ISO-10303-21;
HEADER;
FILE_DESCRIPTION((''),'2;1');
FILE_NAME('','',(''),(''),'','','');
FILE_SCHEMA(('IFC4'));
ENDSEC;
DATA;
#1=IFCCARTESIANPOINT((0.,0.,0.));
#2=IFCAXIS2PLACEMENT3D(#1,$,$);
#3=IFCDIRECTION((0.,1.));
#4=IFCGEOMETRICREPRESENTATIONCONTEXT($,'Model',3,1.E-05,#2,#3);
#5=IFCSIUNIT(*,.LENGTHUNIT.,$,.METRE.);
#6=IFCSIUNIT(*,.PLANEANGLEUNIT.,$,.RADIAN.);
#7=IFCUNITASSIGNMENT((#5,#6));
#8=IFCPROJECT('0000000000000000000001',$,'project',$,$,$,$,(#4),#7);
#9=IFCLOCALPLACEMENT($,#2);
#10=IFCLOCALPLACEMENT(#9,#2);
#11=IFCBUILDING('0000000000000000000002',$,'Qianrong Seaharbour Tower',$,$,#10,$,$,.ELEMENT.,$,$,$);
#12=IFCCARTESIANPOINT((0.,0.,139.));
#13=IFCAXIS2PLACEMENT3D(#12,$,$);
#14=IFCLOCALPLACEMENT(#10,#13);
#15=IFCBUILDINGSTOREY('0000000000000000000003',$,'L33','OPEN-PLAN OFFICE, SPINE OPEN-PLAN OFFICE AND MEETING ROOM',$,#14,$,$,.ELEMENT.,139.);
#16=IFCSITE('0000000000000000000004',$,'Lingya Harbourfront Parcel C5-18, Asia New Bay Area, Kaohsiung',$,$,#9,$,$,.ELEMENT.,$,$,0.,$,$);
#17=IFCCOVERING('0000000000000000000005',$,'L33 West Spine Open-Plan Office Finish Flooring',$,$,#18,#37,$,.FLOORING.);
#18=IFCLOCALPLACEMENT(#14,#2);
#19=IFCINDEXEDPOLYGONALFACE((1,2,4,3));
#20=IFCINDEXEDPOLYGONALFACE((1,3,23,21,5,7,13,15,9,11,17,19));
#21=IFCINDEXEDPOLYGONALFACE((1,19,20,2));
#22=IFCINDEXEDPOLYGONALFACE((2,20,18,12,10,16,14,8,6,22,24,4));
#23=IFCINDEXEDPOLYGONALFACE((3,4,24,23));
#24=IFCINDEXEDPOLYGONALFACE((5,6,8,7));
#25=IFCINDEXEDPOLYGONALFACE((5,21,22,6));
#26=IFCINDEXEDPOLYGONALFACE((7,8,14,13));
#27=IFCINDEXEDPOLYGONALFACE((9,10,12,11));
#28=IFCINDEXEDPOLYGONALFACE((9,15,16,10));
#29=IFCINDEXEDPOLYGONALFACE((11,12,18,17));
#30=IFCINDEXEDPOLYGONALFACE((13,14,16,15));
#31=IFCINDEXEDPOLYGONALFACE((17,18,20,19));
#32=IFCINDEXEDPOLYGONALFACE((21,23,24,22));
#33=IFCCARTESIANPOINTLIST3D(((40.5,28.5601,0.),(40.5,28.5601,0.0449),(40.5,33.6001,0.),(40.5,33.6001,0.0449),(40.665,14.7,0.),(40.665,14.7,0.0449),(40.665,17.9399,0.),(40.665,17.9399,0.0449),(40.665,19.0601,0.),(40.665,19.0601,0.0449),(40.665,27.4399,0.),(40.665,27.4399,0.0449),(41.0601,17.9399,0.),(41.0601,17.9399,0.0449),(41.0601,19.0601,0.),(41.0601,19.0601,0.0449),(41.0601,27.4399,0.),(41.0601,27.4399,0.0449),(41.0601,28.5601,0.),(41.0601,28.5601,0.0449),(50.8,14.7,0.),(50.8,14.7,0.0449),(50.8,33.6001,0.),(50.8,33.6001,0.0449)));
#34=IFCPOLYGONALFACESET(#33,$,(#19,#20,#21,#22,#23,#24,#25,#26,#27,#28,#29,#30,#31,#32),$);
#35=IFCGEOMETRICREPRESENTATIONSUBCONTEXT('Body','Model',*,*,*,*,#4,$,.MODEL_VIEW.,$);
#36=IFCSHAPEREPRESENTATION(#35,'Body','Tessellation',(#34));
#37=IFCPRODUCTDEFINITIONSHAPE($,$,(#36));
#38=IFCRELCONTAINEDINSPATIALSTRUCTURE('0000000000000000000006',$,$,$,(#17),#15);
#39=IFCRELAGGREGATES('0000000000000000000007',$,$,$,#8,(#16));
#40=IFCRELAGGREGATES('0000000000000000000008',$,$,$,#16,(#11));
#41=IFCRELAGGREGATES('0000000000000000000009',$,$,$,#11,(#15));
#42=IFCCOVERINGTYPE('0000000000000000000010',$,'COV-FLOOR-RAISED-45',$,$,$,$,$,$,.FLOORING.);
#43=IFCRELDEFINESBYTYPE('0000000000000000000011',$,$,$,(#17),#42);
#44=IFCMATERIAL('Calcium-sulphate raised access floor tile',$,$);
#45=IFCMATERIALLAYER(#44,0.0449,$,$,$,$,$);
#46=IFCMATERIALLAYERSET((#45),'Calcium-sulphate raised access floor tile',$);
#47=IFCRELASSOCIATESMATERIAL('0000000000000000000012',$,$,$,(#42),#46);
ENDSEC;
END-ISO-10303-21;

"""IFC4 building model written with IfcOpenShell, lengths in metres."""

from ifc_helpers import new_model, si_unit, direction, frame, origin, place, context, subcontext, project, spatial, polyline, outline, extrude, material, layer, layer_set, type_object, element, save


model = new_model("IFC4")

# Units and contexts
model_context = context("Model", 3, precision=1e-05, world=origin(), true_north=direction((0.0, 1.0)))
body_context = subcontext(model_context, "Body", "Model", "MODEL_VIEW")
ifc_project = project(units=[si_unit("LENGTHUNIT", "METRE"), si_unit("PLANEANGLEUNIT", "RADIAN")], contexts=[model_context])

# Site, building, storey
site_placement = place(None, origin())
site = spatial("IfcSite", under=ifc_project, at=site_placement, Name="Lingya Harbourfront Parcel C5-18, Asia New Bay Area, Kaohsiung", CompositionType="ELEMENT", RefElevation=0.0)
building_placement = place(site_placement, origin())
building = spatial("IfcBuilding", under=site, at=building_placement, Name="Qianrong Seaharbour Tower", CompositionType="ELEMENT")
storey_placement = place(building_placement, frame((0.0, 0.0, 139.0)))
storey = spatial("IfcBuildingStorey", under=building, at=storey_placement, Name="L33", Description="OPEN-PLAN OFFICE, SPINE OPEN-PLAN OFFICE AND MEETING ROOM", CompositionType="ELEMENT", Elevation=139.0)

# Covering
ifc_material_1 = material(Name="Calcium-sulphate raised access floor tile")
ifc_layer_1 = layer(ifc_material_1, 0.0449)
ifc_layer_set_1 = layer_set([ifc_layer_1], Name="Calcium-sulphate raised access floor tile")
covering_type_1 = type_object("IfcCoveringType", Name="COV-FLOOR-RAISED-45", PredefinedType="FLOORING", material=ifc_layer_set_1)
covering_1_placement = place(storey_placement, origin())
element("IfcCovering", 1, at=covering_1_placement, inside=storey, type_object=covering_type_1, Name="L33 West Spine Open-Plan Office Finish Flooring", PredefinedType="FLOORING", context=body_context, shape_type="SweptSolid", body=[
    extrude(outline(polyline([(50.8, 14.7), (40.665, 14.7), (40.665, 17.9399), (41.0601, 17.9399), (41.0601, 19.0601), (40.665, 19.0601), (40.665, 27.4399), (41.0601, 27.4399), (41.0601, 28.5601), (40.5, 28.5601), (40.5, 33.6001), (50.8, 33.6001), (50.8, 14.7)])), origin(), (0.0, 0.0, 1.0), 0.0449),
])

save(model, "model.ifc")
